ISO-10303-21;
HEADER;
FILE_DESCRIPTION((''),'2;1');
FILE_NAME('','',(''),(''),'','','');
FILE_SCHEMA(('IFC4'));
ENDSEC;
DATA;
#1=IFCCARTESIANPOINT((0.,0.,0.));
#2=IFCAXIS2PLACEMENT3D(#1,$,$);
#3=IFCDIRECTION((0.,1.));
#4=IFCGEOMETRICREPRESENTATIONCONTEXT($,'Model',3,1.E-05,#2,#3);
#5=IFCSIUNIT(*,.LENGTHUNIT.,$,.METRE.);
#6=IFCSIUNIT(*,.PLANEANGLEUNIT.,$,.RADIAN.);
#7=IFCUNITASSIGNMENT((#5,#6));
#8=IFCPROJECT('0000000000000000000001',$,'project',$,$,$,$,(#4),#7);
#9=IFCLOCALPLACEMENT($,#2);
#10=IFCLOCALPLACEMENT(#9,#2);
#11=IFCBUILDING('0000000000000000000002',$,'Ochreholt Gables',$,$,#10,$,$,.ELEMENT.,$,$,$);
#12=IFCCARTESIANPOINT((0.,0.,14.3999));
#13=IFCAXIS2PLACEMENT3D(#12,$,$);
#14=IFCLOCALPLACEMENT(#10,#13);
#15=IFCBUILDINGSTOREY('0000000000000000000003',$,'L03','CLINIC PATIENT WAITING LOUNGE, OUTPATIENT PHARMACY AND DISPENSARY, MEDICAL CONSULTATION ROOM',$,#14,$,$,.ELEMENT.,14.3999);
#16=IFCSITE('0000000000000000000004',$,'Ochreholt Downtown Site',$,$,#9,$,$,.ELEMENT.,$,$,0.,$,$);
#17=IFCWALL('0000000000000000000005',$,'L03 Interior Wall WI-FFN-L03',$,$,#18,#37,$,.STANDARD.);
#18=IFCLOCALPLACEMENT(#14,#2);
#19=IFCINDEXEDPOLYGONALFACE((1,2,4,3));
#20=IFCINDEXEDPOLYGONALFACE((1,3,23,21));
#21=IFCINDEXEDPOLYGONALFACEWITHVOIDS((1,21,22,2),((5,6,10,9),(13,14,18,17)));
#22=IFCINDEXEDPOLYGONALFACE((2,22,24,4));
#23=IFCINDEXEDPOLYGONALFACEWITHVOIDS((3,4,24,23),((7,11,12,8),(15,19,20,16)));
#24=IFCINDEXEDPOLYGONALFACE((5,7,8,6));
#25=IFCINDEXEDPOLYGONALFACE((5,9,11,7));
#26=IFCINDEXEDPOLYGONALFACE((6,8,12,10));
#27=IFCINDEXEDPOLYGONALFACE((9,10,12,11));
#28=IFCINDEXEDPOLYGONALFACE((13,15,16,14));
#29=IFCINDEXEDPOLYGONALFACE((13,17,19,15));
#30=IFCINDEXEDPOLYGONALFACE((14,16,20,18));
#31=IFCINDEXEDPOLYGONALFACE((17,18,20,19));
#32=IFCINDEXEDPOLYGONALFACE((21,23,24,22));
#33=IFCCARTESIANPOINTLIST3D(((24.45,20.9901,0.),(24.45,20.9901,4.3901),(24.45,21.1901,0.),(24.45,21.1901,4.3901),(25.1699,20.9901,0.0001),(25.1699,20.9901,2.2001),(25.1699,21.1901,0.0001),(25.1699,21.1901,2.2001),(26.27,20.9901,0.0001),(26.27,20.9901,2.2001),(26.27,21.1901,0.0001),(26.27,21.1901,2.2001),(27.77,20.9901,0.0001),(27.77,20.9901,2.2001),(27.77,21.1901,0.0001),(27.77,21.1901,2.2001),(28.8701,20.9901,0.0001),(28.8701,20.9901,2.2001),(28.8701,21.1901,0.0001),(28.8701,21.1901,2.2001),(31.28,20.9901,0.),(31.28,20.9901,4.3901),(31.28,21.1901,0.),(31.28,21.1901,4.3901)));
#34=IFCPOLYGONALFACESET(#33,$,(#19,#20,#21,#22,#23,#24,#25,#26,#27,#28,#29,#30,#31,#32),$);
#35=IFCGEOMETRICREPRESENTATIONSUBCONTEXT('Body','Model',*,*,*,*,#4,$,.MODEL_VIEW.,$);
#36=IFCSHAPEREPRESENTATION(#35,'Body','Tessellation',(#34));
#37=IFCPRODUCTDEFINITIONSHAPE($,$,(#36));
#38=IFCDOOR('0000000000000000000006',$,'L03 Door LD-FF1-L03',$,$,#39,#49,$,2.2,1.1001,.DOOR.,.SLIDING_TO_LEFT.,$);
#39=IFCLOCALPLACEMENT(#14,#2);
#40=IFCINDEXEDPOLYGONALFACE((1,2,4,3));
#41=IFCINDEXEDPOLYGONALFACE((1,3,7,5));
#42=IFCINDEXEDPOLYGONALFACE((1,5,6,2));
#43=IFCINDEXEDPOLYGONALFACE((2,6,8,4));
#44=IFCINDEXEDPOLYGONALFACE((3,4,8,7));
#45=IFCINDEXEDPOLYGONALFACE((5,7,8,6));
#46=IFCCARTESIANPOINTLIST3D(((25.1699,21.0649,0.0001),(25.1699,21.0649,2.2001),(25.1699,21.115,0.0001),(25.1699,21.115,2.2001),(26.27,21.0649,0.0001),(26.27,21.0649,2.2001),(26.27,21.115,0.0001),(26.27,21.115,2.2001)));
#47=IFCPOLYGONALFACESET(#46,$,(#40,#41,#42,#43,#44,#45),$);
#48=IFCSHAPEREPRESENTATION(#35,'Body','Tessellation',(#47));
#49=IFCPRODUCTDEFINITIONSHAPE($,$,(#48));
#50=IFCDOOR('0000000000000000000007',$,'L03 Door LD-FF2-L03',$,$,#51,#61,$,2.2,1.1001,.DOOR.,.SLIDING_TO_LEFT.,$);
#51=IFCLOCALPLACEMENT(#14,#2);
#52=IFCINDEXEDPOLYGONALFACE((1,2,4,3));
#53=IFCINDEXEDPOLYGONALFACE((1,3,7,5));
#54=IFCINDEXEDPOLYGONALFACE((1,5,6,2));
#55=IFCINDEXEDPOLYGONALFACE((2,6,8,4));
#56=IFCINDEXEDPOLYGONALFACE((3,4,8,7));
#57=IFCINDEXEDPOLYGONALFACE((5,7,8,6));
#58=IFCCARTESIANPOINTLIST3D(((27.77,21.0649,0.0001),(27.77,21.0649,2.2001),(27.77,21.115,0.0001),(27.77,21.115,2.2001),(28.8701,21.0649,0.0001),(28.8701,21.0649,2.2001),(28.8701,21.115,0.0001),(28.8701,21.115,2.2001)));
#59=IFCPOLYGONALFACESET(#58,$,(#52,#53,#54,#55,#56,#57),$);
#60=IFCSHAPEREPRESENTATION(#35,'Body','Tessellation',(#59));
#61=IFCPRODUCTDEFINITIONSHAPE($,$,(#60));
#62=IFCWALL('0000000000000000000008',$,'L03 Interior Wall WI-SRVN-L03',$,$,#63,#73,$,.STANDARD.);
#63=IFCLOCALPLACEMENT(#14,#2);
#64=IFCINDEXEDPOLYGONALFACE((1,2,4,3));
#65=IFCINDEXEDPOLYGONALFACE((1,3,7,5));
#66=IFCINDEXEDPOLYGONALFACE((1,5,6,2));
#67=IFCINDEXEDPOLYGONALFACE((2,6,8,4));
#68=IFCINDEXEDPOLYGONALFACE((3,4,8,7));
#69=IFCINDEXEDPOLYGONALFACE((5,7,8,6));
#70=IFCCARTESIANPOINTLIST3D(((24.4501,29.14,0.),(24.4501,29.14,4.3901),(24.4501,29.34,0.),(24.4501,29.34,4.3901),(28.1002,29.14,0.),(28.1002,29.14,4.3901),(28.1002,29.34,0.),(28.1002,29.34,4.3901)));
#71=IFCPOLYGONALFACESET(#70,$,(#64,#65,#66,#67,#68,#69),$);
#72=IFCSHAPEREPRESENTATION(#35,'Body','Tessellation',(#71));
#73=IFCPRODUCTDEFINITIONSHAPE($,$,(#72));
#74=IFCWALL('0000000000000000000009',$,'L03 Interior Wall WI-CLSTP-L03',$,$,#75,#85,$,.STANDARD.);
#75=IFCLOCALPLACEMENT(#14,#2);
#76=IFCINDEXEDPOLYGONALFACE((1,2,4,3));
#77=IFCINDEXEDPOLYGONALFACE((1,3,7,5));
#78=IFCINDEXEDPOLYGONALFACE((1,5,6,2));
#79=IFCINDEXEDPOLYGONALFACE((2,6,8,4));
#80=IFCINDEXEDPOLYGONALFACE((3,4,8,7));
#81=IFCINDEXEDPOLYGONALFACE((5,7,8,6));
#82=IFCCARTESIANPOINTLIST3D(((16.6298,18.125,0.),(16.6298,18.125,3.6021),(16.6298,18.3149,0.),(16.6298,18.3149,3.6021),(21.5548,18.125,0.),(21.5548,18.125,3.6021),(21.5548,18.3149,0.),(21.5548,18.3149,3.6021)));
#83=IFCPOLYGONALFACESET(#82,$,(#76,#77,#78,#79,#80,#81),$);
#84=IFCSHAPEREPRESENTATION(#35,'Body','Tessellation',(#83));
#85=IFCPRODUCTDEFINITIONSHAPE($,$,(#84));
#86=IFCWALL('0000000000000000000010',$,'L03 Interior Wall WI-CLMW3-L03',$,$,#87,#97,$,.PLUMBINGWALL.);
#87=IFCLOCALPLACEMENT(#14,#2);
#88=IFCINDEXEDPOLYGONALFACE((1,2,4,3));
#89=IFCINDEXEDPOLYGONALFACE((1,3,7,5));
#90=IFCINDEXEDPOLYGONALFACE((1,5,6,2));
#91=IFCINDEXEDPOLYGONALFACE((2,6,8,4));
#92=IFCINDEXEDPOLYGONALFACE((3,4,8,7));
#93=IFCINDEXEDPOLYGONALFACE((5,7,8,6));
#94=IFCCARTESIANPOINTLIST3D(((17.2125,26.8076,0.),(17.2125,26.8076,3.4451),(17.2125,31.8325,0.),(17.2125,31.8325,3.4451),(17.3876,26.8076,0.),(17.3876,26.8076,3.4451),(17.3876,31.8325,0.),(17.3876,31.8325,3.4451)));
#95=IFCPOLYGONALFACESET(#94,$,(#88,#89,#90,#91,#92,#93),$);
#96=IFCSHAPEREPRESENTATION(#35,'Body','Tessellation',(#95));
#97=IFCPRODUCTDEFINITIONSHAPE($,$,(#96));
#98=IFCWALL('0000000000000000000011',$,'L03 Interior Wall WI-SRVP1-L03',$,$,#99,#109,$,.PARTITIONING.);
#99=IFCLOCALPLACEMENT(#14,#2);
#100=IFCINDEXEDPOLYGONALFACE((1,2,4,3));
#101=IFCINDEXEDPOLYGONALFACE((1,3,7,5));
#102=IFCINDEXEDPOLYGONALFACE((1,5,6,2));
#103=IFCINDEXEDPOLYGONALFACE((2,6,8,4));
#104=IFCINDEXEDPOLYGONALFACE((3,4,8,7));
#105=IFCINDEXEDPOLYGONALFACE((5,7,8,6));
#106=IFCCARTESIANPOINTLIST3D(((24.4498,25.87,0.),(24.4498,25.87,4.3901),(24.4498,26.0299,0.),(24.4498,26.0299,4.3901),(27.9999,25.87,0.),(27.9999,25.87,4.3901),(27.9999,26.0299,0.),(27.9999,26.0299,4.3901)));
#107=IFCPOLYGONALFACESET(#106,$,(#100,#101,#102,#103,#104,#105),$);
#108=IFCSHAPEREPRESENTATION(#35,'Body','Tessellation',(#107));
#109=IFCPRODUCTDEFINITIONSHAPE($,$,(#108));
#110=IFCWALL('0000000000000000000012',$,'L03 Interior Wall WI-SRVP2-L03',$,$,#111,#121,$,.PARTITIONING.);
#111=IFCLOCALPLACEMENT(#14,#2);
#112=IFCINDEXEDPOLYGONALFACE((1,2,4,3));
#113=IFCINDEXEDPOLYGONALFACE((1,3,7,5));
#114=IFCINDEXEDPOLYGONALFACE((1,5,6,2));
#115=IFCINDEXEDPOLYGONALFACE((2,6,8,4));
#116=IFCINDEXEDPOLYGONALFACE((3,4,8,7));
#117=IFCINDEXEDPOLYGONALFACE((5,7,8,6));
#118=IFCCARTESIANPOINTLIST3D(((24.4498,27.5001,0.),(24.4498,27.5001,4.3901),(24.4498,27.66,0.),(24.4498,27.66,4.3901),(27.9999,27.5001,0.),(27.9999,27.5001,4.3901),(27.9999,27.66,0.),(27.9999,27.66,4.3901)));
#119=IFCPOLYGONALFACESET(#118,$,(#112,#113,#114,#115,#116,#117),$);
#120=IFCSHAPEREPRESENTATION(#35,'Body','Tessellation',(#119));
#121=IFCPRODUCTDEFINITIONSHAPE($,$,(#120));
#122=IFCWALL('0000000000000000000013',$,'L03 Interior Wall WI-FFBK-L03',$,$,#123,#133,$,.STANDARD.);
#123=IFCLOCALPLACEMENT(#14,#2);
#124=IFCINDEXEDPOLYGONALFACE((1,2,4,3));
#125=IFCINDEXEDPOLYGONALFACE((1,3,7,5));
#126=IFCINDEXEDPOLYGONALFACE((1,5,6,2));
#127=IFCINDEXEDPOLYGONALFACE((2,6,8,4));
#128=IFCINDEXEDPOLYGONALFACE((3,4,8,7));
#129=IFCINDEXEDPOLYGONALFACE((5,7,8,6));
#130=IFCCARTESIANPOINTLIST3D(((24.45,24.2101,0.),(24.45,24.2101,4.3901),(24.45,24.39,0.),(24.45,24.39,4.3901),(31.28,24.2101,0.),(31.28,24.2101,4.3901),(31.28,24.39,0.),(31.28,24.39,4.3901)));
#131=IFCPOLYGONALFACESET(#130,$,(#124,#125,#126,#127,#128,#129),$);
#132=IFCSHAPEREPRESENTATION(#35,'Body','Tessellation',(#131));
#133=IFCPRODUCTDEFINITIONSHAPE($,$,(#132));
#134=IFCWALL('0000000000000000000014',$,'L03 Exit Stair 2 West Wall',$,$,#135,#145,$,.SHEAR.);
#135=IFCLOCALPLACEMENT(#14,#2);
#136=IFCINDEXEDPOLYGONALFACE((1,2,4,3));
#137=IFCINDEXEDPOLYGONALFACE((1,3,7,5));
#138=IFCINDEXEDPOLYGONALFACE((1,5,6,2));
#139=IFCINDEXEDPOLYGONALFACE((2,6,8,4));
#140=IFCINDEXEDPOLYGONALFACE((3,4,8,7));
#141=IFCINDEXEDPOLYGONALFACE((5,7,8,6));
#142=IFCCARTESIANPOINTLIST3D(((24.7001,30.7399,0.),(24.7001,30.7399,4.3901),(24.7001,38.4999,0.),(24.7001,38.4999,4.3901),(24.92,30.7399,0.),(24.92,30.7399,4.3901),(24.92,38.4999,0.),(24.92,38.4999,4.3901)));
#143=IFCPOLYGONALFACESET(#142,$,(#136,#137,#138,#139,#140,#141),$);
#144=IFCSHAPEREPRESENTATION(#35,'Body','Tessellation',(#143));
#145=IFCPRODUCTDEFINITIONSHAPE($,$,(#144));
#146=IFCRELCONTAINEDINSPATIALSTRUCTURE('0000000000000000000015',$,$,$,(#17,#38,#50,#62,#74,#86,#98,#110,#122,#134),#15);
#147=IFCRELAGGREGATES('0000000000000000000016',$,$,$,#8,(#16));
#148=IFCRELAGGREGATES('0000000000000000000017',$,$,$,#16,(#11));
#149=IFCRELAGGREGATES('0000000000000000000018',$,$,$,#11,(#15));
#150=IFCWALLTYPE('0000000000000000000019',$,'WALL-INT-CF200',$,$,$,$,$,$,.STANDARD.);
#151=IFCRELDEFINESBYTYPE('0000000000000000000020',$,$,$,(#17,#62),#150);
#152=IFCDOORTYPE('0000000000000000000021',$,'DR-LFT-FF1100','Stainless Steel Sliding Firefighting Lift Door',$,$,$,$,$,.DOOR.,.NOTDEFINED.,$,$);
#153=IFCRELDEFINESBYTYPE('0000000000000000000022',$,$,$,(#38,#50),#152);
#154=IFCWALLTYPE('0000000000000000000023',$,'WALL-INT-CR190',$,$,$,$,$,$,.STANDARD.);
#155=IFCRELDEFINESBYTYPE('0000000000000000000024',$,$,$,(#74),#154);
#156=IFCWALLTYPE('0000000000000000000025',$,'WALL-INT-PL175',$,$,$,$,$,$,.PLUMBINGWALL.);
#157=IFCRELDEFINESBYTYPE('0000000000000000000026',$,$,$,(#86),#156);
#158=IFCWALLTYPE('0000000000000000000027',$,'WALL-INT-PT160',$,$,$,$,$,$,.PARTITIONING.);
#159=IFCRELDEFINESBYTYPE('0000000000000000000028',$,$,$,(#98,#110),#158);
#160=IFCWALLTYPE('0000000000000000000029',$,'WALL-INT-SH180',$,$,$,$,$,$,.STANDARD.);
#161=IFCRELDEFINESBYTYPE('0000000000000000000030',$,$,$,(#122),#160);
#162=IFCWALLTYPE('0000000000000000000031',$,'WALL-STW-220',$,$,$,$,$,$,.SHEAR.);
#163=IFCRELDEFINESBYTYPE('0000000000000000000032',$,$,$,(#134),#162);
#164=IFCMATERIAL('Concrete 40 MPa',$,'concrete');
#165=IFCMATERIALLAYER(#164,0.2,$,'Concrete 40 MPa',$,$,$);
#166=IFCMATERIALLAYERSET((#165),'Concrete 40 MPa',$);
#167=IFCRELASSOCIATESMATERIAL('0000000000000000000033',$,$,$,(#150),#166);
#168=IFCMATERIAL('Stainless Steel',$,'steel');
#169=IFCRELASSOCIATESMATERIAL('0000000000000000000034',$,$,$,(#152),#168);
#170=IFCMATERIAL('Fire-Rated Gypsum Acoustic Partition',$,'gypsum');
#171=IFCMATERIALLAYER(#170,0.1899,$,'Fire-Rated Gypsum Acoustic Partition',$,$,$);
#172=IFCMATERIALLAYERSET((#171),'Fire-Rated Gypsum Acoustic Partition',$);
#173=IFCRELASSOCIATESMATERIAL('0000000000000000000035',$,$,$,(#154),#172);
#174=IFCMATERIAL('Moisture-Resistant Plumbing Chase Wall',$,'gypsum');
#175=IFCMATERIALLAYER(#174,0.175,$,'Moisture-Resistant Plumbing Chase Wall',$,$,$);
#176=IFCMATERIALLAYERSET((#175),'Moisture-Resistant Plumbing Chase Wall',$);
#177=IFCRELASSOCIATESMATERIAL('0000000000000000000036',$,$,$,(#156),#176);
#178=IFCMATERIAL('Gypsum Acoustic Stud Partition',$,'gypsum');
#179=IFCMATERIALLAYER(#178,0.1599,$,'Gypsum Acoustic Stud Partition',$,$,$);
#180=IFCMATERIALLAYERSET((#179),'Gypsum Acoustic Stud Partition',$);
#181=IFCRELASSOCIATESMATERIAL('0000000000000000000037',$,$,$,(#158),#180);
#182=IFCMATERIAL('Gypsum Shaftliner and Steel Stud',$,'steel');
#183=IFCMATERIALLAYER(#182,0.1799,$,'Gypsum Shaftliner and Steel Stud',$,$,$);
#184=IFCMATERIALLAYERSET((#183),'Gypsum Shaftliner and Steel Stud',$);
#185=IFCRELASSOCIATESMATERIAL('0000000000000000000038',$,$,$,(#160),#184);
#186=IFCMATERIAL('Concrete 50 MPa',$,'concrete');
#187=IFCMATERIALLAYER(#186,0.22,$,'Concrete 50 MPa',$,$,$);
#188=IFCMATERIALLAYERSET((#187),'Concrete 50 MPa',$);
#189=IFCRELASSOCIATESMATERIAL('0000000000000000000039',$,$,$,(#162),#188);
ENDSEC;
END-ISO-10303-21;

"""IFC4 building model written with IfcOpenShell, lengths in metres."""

from ifc_helpers import new_model, si_unit, direction, frame, frame_2d, origin, place, context, subcontext, project, spatial, rectangle, extrude, material, layer, layer_set, type_object, element, fill, save


model = new_model("IFC4")

# Units and contexts
model_context = context("Model", 3, precision=1e-05, world=origin(), true_north=direction((0.0, 1.0)))
body_context = subcontext(model_context, "Body", "Model", "MODEL_VIEW")
ifc_project = project(units=[si_unit("LENGTHUNIT", "METRE"), si_unit("PLANEANGLEUNIT", "RADIAN")], contexts=[model_context])

# Site, building, storey
site_placement = place(None, origin())
site = spatial("IfcSite", under=ifc_project, at=site_placement, Name="Ochreholt Downtown Site", CompositionType="ELEMENT", RefElevation=0.0)
building_placement = place(site_placement, origin())
building = spatial("IfcBuilding", under=site, at=building_placement, Name="Ochreholt Gables", CompositionType="ELEMENT")
storey_placement = place(building_placement, frame((0.0, 0.0, 14.3999)))
storey = spatial("IfcBuildingStorey", under=building, at=storey_placement, Name="L03", Description="CLINIC PATIENT WAITING LOUNGE, OUTPATIENT PHARMACY AND DISPENSARY, MEDICAL CONSULTATION ROOM", CompositionType="ELEMENT", Elevation=14.3999)

# Wall, openings, doors
ifc_material_1 = material(Name="Concrete 40 MPa", Category="concrete")
ifc_layer_1 = layer(ifc_material_1, 0.2, Name="Concrete 40 MPa")
ifc_layer_set_1 = layer_set([ifc_layer_1], Name="Concrete 40 MPa")
wall_type_1 = type_object("IfcWallType", Name="WALL-INT-CF200", PredefinedType="STANDARD", material=ifc_layer_set_1)
wall_1_placement = place(storey_placement, frame((24.45, 21.0901, 0.0), z_axis=(0.0, 0.0, 1.0), x_axis=(1.0, 0.0, 0.0)))
wall_1 = element("IfcWall", 1, at=wall_1_placement, inside=storey, type_object=wall_type_1, Name="L03 Interior Wall WI-FFN-L03", PredefinedType="STANDARD", context=body_context, shape_type="SweptSolid", body=[
    extrude(rectangle(XDim=6.8301, YDim=0.2, at=frame_2d((3.415, 0.0))), origin(), (0.0, 0.0, 1.0), 4.3901),
])
opening_1_placement = place(wall_1_placement, frame((0.72, 0.0, 0.0)))
opening_1 = element("IfcOpeningElement", 2, at=opening_1_placement, cuts=wall_1, PredefinedType="OPENING", context=body_context, shape_type="SweptSolid", body=[
    extrude(rectangle(XDim=1.1001, YDim=2.2, at=frame_2d((0.55, 1.1001))), frame((0.0, 0.1099, 0.0), z_axis=(0.0, -1.0, 0.0), x_axis=(1.0, 0.0, 0.0)), (0.0, 0.0, 1.0), 0.22),
])
opening_2_placement = place(wall_1_placement, frame((3.3201, 0.0, 0.0)))
opening_2 = element("IfcOpeningElement", 3, at=opening_2_placement, cuts=wall_1, PredefinedType="OPENING", context=body_context, shape_type="SweptSolid", body=[
    extrude(rectangle(XDim=1.1001, YDim=2.2, at=frame_2d((0.55, 1.1001))), frame((0.0, 0.1099, 0.0), z_axis=(0.0, -1.0, 0.0), x_axis=(1.0, 0.0, 0.0)), (0.0, 0.0, 1.0), 0.22),
])
ifc_material_2 = material(Name="Stainless Steel", Category="steel")
door_type = type_object("IfcDoorType", Name="DR-LFT-FF1100", Description="Stainless Steel Sliding Firefighting Lift Door", OperationType="NOTDEFINED", PredefinedType="DOOR", material=ifc_material_2)
door_1_placement = place(opening_1_placement, origin())
door_1 = element("IfcDoor", 4, at=door_1_placement, inside=storey, type_object=door_type, Name="L03 Door LD-FF1-L03", OperationType="SLIDING_TO_LEFT", OverallHeight=2.2, OverallWidth=1.1001, PredefinedType="DOOR", context=body_context, shape_type="SweptSolid", body=[
    extrude(rectangle(XDim=1.1001, YDim=2.2, at=frame_2d((0.55, 1.1001))), frame((0.0, 0.0249, 0.0), z_axis=(0.0, -1.0, 0.0), x_axis=(1.0, 0.0, 0.0)), (0.0, 0.0, 1.0), 0.05),
])
fill(opening_1, door_1)
door_2_placement = place(opening_2_placement, origin())
door_2 = element("IfcDoor", 5, at=door_2_placement, inside=storey, type_object=door_type, Name="L03 Door LD-FF2-L03", OperationType="SLIDING_TO_LEFT", OverallHeight=2.2, OverallWidth=1.1001, PredefinedType="DOOR", context=body_context, shape_type="SweptSolid", body=[
    extrude(rectangle(XDim=1.1001, YDim=2.2, at=frame_2d((0.55, 1.1001))), frame((0.0, 0.0249, 0.0), z_axis=(0.0, -1.0, 0.0), x_axis=(1.0, 0.0, 0.0)), (0.0, 0.0, 1.0), 0.05),
])
fill(opening_2, door_2)

# Walls
wall_2_placement = place(storey_placement, frame((24.45, 29.24, 0.0), z_axis=(0.0, 0.0, 1.0), x_axis=(1.0, 0.0, 0.0)))
element("IfcWall", 6, at=wall_2_placement, inside=storey, type_object=wall_type_1, Name="L03 Interior Wall WI-SRVN-L03", PredefinedType="STANDARD", context=body_context, shape_type="SweptSolid", body=[
    extrude(rectangle(XDim=3.6501, YDim=0.2, at=frame_2d((1.8252, 0.0))), origin(), (0.0, 0.0, 1.0), 4.3901),
])
ifc_material_3 = material(Name="Fire-Rated Gypsum Acoustic Partition", Category="gypsum")
ifc_layer_2 = layer(ifc_material_3, 0.1899, Name="Fire-Rated Gypsum Acoustic Partition")
ifc_layer_set_2 = layer_set([ifc_layer_2], Name="Fire-Rated Gypsum Acoustic Partition")
wall_type_2 = type_object("IfcWallType", Name="WALL-INT-CR190", PredefinedType="STANDARD", material=ifc_layer_set_2)
wall_3_placement = place(storey_placement, frame((16.6299, 18.22, 0.0), z_axis=(0.0, 0.0, 1.0), x_axis=(1.0, 0.0, 0.0)))
element("IfcWall", 7, at=wall_3_placement, inside=storey, type_object=wall_type_2, Name="L03 Interior Wall WI-CLSTP-L03", PredefinedType="STANDARD", context=body_context, shape_type="SweptSolid", body=[
    extrude(rectangle(XDim=4.925, YDim=0.1899, at=frame_2d((2.4624, 0.0))), origin(), (0.0, 0.0, 1.0), 3.6021),
])
ifc_material_4 = material(Name="Moisture-Resistant Plumbing Chase Wall", Category="gypsum")
ifc_layer_3 = layer(ifc_material_4, 0.175, Name="Moisture-Resistant Plumbing Chase Wall")
ifc_layer_set_3 = layer_set([ifc_layer_3], Name="Moisture-Resistant Plumbing Chase Wall")
wall_type_3 = type_object("IfcWallType", Name="WALL-INT-PL175", PredefinedType="PLUMBINGWALL", material=ifc_layer_set_3)
wall_4_placement = place(storey_placement, frame((17.3, 26.8076, 0.0), z_axis=(0.0, 0.0, 1.0), x_axis=(0.0, 1.0, 0.0)))
element("IfcWall", 8, at=wall_4_placement, inside=storey, type_object=wall_type_3, Name="L03 Interior Wall WI-CLMW3-L03", PredefinedType="PLUMBINGWALL", context=body_context, shape_type="SweptSolid", body=[
    extrude(rectangle(XDim=5.0249, YDim=0.175, at=frame_2d((2.5125, 0.0))), origin(), (0.0, 0.0, 1.0), 3.4451),
])
ifc_material_5 = material(Name="Gypsum Acoustic Stud Partition", Category="gypsum")
ifc_layer_4 = layer(ifc_material_5, 0.1599, Name="Gypsum Acoustic Stud Partition")
ifc_layer_set_4 = layer_set([ifc_layer_4], Name="Gypsum Acoustic Stud Partition")
wall_type_4 = type_object("IfcWallType", Name="WALL-INT-PT160", PredefinedType="PARTITIONING", material=ifc_layer_set_4)
for number, where, z_axis, x_axis, name in (
    (9, (24.45, 25.95, 0.0), (0.0, 0.0, 1.0), (1.0, 0.0, 0.0), "L03 Interior Wall WI-SRVP1-L03"),
    (10, (24.45, 27.5801, 0.0), (0.0, 0.0, 1.0), (1.0, 0.0, 0.0), "L03 Interior Wall WI-SRVP2-L03"),
):
    element("IfcWall", number, at=place(storey_placement, frame(where, z_axis=z_axis, x_axis=x_axis)), inside=storey, type_object=wall_type_4, Name=name, PredefinedType="PARTITIONING", context=body_context, shape_type="SweptSolid", body=[
        extrude(rectangle(XDim=3.55, YDim=0.1599, at=frame_2d((1.7749, 0.0))), origin(), (0.0, 0.0, 1.0), 4.3901),
    ])
ifc_material_6 = material(Name="Gypsum Shaftliner and Steel Stud", Category="steel")
ifc_layer_5 = layer(ifc_material_6, 0.1799, Name="Gypsum Shaftliner and Steel Stud")
ifc_layer_set_5 = layer_set([ifc_layer_5], Name="Gypsum Shaftliner and Steel Stud")
wall_type_5 = type_object("IfcWallType", Name="WALL-INT-SH180", PredefinedType="STANDARD", material=ifc_layer_set_5)
wall_5_placement = place(storey_placement, frame((24.45, 24.3, 0.0), z_axis=(0.0, 0.0, 1.0), x_axis=(1.0, 0.0, 0.0)))
element("IfcWall", 11, at=wall_5_placement, inside=storey, type_object=wall_type_5, Name="L03 Interior Wall WI-FFBK-L03", PredefinedType="STANDARD", context=body_context, shape_type="SweptSolid", body=[
    extrude(rectangle(XDim=6.8301, YDim=0.1799, at=frame_2d((3.415, 0.0))), origin(), (0.0, 0.0, 1.0), 4.3901),
])
ifc_material_7 = material(Name="Concrete 50 MPa", Category="concrete")
ifc_layer_6 = layer(ifc_material_7, 0.22, Name="Concrete 50 MPa")
ifc_layer_set_6 = layer_set([ifc_layer_6], Name="Concrete 50 MPa")
wall_type_6 = type_object("IfcWallType", Name="WALL-STW-220", PredefinedType="SHEAR", material=ifc_layer_set_6)
wall_6_placement = place(storey_placement, frame((24.8101, 30.74, 0.0), z_axis=(0.0, 0.0, 1.0), x_axis=(0.0, 1.0, 0.0)))
element("IfcWall", 12, at=wall_6_placement, inside=storey, type_object=wall_type_6, Name="L03 Exit Stair 2 West Wall", PredefinedType="SHEAR", context=body_context, shape_type="SweptSolid", body=[
    extrude(rectangle(XDim=7.76, YDim=0.22, at=frame_2d((3.8799, 0.0))), origin(), (0.0, 0.0, 1.0), 4.3901),
])

save(model, "model.ifc")
